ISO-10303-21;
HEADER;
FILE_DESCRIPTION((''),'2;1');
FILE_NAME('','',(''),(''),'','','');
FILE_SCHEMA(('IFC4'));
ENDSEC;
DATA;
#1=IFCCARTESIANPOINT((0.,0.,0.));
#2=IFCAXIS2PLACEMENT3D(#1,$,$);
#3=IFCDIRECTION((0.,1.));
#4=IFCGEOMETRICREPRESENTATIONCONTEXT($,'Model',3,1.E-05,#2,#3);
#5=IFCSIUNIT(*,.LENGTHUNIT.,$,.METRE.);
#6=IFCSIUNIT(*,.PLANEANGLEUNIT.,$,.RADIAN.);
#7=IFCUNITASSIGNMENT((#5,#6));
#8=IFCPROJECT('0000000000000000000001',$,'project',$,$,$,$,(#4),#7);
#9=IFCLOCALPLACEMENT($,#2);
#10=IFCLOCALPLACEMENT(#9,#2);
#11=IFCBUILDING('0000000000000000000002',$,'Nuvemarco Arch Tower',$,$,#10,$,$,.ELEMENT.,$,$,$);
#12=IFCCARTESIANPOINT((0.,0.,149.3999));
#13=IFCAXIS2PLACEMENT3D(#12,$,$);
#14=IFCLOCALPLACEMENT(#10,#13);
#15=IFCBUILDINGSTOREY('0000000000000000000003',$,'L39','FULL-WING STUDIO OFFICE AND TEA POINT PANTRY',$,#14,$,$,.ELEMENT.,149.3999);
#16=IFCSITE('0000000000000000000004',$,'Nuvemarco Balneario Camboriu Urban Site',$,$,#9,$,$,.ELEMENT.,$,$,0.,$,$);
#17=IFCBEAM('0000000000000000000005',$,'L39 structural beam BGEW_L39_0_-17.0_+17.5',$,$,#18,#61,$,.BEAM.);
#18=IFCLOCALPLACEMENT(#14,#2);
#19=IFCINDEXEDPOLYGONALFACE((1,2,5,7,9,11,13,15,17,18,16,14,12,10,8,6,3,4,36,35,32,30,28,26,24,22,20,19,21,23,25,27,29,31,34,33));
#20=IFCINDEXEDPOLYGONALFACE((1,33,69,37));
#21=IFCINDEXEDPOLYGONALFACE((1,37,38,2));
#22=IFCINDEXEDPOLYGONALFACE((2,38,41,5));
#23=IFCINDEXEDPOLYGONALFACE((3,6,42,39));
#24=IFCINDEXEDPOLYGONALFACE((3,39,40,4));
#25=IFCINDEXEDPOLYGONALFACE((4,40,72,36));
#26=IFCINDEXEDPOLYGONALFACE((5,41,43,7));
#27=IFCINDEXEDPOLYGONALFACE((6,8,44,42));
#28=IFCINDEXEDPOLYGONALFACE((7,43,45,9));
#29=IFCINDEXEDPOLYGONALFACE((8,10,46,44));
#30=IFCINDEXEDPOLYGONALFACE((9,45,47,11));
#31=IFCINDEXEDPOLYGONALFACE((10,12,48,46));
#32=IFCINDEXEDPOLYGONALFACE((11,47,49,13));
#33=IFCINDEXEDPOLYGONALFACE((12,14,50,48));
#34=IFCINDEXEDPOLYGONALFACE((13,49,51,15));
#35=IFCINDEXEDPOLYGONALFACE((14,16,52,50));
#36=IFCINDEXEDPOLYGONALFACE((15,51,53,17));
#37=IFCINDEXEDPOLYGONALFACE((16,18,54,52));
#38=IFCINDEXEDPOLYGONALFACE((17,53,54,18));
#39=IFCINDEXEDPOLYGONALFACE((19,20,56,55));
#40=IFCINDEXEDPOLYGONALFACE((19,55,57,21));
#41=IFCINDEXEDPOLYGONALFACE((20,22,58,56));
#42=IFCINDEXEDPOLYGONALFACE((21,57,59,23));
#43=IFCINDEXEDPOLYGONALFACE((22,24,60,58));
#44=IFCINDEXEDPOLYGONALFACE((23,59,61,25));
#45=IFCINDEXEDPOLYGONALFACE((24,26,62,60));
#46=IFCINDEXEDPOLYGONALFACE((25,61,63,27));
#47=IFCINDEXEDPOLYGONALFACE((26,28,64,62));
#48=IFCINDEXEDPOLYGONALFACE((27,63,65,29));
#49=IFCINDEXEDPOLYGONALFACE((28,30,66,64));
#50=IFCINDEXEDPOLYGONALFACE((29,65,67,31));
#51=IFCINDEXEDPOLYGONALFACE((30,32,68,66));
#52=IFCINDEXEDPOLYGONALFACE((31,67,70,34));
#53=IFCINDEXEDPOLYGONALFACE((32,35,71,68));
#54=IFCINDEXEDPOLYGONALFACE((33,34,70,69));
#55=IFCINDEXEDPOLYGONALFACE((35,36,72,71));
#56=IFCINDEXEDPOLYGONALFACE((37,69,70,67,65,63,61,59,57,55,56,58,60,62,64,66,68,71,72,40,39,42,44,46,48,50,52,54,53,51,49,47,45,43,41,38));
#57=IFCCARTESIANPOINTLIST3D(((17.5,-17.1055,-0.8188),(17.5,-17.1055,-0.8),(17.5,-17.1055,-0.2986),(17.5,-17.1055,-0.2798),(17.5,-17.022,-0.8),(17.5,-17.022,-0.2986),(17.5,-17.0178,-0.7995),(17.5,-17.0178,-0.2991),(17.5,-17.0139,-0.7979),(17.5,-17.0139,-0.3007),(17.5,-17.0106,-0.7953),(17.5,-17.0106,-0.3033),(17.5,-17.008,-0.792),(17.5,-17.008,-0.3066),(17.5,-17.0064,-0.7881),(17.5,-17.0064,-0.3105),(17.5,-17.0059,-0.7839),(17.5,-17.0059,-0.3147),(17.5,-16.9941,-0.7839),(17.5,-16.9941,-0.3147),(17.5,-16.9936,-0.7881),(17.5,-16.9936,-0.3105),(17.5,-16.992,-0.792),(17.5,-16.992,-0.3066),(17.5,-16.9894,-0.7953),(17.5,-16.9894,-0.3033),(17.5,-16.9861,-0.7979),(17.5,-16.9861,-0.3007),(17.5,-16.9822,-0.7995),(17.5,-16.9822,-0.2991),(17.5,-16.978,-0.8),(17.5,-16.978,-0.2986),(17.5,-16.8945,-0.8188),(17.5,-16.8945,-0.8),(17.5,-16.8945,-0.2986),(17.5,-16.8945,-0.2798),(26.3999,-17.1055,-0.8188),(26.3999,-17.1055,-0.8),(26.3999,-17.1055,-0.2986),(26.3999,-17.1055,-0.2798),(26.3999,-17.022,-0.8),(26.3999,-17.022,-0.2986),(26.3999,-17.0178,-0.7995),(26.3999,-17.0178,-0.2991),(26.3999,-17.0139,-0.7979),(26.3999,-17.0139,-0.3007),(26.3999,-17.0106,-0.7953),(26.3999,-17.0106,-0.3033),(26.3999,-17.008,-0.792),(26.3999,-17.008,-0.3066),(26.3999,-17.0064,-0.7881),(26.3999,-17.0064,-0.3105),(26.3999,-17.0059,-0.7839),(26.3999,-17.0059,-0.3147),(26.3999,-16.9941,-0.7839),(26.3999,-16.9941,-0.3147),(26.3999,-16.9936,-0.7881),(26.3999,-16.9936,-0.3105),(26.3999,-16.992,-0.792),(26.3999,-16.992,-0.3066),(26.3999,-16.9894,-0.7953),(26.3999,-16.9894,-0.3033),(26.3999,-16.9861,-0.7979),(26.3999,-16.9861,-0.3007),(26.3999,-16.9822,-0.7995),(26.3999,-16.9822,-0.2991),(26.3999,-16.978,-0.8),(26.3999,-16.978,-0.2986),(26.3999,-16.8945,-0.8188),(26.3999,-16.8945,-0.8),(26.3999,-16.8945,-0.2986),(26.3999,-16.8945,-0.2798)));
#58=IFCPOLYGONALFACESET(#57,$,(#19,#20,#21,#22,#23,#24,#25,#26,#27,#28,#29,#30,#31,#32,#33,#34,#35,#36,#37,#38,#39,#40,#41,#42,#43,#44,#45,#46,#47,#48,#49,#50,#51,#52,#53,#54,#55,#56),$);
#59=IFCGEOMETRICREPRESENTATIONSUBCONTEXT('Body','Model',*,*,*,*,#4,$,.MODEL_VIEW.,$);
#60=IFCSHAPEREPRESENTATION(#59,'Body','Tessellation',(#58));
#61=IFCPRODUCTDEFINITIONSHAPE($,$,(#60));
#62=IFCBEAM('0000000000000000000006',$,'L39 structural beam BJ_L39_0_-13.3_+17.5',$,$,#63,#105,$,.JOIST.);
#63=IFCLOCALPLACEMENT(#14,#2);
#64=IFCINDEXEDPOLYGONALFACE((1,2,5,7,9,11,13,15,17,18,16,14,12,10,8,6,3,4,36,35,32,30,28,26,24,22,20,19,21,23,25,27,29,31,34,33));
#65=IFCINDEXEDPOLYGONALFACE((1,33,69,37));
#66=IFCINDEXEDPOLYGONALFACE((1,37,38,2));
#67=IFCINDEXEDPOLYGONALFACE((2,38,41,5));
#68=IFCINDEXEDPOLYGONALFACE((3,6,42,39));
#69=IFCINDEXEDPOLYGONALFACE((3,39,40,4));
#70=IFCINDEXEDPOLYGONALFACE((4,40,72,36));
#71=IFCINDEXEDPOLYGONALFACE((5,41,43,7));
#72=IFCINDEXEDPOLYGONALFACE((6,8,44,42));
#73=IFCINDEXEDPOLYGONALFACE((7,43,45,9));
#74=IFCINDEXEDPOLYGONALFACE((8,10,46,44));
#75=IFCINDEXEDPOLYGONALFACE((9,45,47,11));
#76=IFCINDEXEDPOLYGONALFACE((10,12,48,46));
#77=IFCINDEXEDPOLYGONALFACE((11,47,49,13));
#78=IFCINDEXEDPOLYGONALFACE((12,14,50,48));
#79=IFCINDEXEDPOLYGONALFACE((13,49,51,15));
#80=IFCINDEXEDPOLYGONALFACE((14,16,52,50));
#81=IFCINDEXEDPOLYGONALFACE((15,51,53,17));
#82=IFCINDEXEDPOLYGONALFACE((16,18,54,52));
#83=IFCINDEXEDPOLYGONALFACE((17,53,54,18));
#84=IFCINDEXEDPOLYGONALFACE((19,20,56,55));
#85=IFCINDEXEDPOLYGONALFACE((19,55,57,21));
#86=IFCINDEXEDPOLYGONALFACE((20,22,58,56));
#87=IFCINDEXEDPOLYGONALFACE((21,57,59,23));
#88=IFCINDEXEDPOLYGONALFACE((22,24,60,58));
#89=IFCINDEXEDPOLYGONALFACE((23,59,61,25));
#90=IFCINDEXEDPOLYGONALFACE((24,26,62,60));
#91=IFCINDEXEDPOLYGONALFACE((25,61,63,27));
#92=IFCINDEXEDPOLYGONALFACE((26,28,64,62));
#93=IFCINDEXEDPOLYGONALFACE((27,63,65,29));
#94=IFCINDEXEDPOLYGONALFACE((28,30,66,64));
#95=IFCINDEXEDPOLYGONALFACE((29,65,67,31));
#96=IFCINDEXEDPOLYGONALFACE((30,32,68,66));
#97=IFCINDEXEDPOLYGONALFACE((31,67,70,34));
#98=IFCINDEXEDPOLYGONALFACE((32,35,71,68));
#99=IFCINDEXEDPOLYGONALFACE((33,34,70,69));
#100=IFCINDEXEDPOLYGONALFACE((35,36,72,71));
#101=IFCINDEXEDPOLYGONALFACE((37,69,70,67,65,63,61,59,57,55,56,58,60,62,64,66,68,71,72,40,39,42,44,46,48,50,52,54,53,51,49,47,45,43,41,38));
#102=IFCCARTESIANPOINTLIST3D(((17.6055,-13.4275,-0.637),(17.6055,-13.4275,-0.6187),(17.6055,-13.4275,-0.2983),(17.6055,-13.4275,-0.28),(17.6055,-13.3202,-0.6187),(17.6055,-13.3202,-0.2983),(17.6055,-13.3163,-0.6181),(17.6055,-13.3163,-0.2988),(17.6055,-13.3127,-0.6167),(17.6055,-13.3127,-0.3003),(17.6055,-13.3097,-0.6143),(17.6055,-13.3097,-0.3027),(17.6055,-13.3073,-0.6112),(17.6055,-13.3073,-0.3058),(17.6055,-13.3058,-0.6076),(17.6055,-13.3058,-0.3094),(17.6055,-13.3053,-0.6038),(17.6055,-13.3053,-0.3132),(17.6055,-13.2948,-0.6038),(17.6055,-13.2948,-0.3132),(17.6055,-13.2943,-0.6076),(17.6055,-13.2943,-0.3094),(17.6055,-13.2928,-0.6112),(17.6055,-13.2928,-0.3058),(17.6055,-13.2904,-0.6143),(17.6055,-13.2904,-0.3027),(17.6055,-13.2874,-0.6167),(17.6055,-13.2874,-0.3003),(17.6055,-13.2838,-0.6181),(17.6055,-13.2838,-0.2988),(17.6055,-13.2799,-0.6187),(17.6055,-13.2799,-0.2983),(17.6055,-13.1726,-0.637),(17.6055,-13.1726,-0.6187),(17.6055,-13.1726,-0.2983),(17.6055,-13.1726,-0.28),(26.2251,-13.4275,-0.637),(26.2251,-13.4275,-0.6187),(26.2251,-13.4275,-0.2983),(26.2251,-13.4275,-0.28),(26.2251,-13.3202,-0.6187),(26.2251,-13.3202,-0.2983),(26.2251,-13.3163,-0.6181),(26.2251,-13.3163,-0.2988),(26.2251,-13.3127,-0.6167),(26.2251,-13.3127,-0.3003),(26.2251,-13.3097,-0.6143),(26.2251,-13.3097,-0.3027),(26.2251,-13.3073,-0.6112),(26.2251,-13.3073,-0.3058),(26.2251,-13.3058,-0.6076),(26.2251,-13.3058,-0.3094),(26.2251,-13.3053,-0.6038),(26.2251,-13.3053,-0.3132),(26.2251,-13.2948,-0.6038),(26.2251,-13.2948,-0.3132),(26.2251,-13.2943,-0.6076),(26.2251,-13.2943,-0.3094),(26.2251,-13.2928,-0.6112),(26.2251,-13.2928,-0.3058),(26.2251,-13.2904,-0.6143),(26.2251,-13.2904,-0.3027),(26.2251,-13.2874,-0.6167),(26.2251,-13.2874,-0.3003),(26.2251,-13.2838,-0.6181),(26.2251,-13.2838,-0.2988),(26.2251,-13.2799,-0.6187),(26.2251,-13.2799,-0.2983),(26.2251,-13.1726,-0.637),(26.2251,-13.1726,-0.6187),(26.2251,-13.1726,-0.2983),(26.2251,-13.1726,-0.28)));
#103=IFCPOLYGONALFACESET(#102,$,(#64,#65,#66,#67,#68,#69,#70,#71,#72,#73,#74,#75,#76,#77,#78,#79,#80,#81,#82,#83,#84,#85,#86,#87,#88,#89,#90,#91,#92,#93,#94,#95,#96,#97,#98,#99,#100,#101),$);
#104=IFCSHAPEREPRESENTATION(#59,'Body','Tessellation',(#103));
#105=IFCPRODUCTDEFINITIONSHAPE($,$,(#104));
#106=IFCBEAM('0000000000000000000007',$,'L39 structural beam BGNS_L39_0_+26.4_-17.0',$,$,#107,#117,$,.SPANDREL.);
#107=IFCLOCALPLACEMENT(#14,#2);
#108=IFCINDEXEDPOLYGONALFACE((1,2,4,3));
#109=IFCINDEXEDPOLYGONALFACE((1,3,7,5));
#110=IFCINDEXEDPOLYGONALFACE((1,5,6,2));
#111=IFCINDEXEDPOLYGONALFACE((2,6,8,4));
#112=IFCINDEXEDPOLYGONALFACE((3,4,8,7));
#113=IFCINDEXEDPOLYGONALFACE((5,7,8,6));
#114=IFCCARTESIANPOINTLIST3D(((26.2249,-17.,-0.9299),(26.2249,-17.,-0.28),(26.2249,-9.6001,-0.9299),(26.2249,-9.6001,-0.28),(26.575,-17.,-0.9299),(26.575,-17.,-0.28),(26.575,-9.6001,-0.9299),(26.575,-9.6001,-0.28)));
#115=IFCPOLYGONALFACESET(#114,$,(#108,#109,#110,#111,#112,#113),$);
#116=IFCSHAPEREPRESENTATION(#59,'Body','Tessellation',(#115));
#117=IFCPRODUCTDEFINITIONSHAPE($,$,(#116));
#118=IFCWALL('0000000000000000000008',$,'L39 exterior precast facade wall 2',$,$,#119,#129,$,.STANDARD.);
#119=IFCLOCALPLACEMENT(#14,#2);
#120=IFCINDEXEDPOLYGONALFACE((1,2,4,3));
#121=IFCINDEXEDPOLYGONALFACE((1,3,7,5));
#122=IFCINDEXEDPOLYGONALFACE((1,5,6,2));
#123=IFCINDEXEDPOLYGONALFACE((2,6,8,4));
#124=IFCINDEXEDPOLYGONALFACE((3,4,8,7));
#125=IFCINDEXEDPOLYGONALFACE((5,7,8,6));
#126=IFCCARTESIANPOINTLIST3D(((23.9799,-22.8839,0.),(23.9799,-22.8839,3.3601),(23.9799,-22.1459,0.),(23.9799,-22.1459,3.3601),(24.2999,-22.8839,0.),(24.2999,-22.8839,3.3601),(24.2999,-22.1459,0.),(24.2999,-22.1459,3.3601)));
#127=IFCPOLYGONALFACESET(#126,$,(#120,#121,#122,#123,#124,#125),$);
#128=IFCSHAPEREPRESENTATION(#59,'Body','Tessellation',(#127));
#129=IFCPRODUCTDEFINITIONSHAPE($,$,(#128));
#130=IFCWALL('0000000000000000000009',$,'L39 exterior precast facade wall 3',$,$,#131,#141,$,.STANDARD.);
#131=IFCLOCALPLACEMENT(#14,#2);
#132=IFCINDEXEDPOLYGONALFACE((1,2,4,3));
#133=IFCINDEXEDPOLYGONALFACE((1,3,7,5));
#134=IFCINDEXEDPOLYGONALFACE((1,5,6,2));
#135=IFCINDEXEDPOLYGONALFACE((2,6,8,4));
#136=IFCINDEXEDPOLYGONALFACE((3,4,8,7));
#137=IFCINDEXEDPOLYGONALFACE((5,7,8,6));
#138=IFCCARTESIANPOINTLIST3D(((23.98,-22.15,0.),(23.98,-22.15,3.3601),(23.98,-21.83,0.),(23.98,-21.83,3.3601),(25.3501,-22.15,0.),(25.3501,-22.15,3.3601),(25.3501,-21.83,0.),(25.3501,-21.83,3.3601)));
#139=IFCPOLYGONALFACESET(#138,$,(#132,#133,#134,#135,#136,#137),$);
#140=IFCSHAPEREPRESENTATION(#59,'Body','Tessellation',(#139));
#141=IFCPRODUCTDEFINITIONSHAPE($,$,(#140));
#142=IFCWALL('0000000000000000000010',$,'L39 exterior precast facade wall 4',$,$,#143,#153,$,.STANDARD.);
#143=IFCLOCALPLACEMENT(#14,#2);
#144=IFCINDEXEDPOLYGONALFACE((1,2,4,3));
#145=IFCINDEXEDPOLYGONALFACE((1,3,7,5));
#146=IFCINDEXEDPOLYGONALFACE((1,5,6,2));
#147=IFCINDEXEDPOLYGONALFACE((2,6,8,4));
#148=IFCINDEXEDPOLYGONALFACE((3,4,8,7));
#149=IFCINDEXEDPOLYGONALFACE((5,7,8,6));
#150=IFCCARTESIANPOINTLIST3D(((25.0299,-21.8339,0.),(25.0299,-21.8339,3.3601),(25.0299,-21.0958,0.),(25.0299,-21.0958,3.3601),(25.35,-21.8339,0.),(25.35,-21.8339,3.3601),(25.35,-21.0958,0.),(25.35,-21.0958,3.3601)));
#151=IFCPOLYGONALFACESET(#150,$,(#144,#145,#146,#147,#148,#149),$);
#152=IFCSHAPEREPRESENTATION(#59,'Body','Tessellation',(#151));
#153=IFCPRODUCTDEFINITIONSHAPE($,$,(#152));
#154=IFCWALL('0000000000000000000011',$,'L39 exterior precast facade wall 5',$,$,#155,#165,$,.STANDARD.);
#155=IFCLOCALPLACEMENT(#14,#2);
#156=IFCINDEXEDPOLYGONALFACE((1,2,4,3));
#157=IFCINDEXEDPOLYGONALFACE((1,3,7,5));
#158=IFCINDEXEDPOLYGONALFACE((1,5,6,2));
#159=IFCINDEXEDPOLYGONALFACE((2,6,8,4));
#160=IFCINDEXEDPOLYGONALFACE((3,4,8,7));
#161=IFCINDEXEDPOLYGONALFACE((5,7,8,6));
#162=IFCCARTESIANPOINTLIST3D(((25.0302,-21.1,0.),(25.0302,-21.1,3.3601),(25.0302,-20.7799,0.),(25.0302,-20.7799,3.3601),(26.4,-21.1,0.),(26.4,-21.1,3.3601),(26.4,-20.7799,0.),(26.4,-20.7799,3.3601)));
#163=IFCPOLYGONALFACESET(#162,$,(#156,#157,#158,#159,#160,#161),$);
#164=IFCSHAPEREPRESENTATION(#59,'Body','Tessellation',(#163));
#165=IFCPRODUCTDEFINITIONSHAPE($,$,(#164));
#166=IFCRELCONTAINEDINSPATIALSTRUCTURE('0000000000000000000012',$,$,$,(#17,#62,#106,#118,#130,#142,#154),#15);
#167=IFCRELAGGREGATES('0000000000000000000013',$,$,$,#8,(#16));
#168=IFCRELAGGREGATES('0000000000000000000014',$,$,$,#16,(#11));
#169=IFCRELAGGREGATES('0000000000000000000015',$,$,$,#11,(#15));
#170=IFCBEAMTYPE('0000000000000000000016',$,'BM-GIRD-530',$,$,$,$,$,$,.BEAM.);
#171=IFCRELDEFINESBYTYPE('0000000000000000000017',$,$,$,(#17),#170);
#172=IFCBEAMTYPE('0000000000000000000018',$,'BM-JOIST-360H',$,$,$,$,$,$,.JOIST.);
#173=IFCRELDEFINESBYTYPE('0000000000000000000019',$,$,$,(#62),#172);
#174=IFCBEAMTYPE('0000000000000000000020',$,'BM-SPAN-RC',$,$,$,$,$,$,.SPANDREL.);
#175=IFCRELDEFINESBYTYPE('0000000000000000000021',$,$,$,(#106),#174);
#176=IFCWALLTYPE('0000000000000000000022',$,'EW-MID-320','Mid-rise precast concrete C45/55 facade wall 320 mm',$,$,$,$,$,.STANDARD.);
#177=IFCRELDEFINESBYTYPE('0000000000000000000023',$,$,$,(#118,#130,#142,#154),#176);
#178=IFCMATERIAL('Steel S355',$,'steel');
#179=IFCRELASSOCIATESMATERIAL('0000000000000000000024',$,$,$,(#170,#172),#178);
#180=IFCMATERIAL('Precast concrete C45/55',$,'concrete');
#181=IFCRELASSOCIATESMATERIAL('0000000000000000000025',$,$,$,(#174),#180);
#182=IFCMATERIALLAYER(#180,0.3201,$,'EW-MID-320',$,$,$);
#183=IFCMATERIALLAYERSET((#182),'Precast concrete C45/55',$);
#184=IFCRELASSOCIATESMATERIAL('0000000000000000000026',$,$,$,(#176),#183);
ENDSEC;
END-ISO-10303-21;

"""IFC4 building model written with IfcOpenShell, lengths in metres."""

from ifc_helpers import new_model, si_unit, direction, frame, frame_2d, origin, origin_2d, place, context, subcontext, project, spatial, rectangle, i_section, extrude, material, layer, layer_set, material_profile, profile_set, type_object, element, save


model = new_model("IFC4")

# Units and contexts
model_context = context("Model", 3, precision=1e-05, world=origin(), true_north=direction((0.0, 1.0)))
body_context = subcontext(model_context, "Body", "Model", "MODEL_VIEW")
ifc_project = project(units=[si_unit("LENGTHUNIT", "METRE"), si_unit("PLANEANGLEUNIT", "RADIAN")], contexts=[model_context])

# Site, building, storey
site_placement = place(None, origin())
site = spatial("IfcSite", under=ifc_project, at=site_placement, Name="Nuvemarco Balneario Camboriu Urban Site", CompositionType="ELEMENT", RefElevation=0.0)
building_placement = place(site_placement, origin())
building = spatial("IfcBuilding", under=site, at=building_placement, Name="Nuvemarco Arch Tower", CompositionType="ELEMENT")
storey_placement = place(building_placement, frame((0.0, 0.0, 149.3999)))
storey = spatial("IfcBuildingStorey", under=building, at=storey_placement, Name="L39", Description="FULL-WING STUDIO OFFICE AND TEA POINT PANTRY", CompositionType="ELEMENT", Elevation=149.3999)

# Shared definitions
ifc_material_1 = material(Name="Steel S355", Category="steel")

# Beams
ifc_material_profile_1 = material_profile(ifc_material_1, i_section(OverallWidth=0.2109, OverallDepth=0.5391, WebThickness=0.0117, FlangeThickness=0.0188, FilletRadius=0.0161, at=origin_2d()), Name="W530x109")
ifc_profile_set_1 = profile_set([ifc_material_profile_1], Name="Steel S355")
beam_type_1 = type_object("IfcBeamType", Name="BM-GIRD-530", PredefinedType="BEAM", material=ifc_profile_set_1)
beam_1_placement = place(storey_placement, frame((17.5, -17.0, -0.5493), z_axis=(1.0, 0.0, 0.0), x_axis=(0.0, 1.0, 0.0)))
element("IfcBeam", 1, at=beam_1_placement, inside=storey, type_object=beam_type_1, Name="L39 structural beam BGEW_L39_0_-17.0_+17.5", PredefinedType="BEAM", context=body_context, shape_type="SweptSolid", body=[
    extrude(i_section(OverallWidth=0.2109, OverallDepth=0.5391, WebThickness=0.0117, FlangeThickness=0.0188, FilletRadius=0.0161, at=origin_2d()), origin(), (0.0, 0.0, 1.0), 8.8999),
])
ifc_material_profile_2 = material_profile(ifc_material_1, i_section(OverallWidth=0.2549, OverallDepth=0.3569, WebThickness=0.0105, FlangeThickness=0.0183, FilletRadius=0.0149, at=origin_2d()), Name="W360x101")
ifc_profile_set_2 = profile_set([ifc_material_profile_2], Name="Steel S355")
beam_type_2 = type_object("IfcBeamType", Name="BM-JOIST-360H", PredefinedType="JOIST", material=ifc_profile_set_2)
beam_2_placement = place(storey_placement, frame((17.6055, -13.3, -0.4585), z_axis=(1.0, 0.0, 0.0), x_axis=(0.0, 1.0, 0.0)))
element("IfcBeam", 2, at=beam_2_placement, inside=storey, type_object=beam_type_2, Name="L39 structural beam BJ_L39_0_-13.3_+17.5", PredefinedType="JOIST", context=body_context, shape_type="SweptSolid", body=[
    extrude(i_section(OverallWidth=0.2549, OverallDepth=0.3569, WebThickness=0.0105, FlangeThickness=0.0183, FilletRadius=0.0149, at=origin_2d()), origin(), (0.0, 0.0, 1.0), 8.6196),
])
ifc_material_2 = material(Name="Precast concrete C45/55", Category="concrete")
ifc_material_profile_3 = material_profile(ifc_material_2, rectangle(XDim=0.3501, YDim=0.6499, at=origin_2d()), Name="PC-SP-350x650")
ifc_profile_set_3 = profile_set([ifc_material_profile_3], Name="Precast concrete C45/55")
beam_type_3 = type_object("IfcBeamType", Name="BM-SPAN-RC", PredefinedType="SPANDREL", material=ifc_profile_set_3)
beam_3_placement = place(storey_placement, frame((26.3999, -17.0, -0.605), z_axis=(0.0, 1.0, 0.0), x_axis=(-1.0, 0.0, 0.0)))
element("IfcBeam", 3, at=beam_3_placement, inside=storey, type_object=beam_type_3, Name="L39 structural beam BGNS_L39_0_+26.4_-17.0", PredefinedType="SPANDREL", context=body_context, shape_type="SweptSolid", body=[
    extrude(rectangle(XDim=0.3501, YDim=0.6499, at=origin_2d()), origin(), (0.0, 0.0, 1.0), 7.3999),
])

# Walls
ifc_layer_1 = layer(ifc_material_2, 0.3201, Name="EW-MID-320")
ifc_layer_set_1 = layer_set([ifc_layer_1], Name="Precast concrete C45/55")
wall_type_1 = type_object("IfcWallType", Name="EW-MID-320", Description="Mid-rise precast concrete C45/55 facade wall 320 mm", PredefinedType="STANDARD", material=ifc_layer_set_1)
wall_1_placement = place(storey_placement, frame((24.1399, -22.884, 0.0), z_axis=(0.0, 0.0, 1.0), x_axis=(0.0, 1.0, 0.0)))
element("IfcWall", 4, at=wall_1_placement, inside=storey, type_object=wall_type_1, Name="L39 exterior precast facade wall 2", PredefinedType="STANDARD", context=body_context, shape_type="SweptSolid", body=[
    extrude(rectangle(XDim=0.738, YDim=0.3201, at=frame_2d((0.3691, 0.0))), origin(), (0.0, 0.0, 1.0), 3.3601),
])
wall_2_placement = place(storey_placement, frame((23.98, -21.99, 0.0), z_axis=(0.0, 0.0, 1.0), x_axis=(1.0, 0.0, 0.0)))
element("IfcWall", 5, at=wall_2_placement, inside=storey, type_object=wall_type_1, Name="L39 exterior precast facade wall 3", PredefinedType="STANDARD", context=body_context, shape_type="SweptSolid", body=[
    extrude(rectangle(XDim=1.3701, YDim=0.3201, at=frame_2d((0.6851, 0.0))), origin(), (0.0, 0.0, 1.0), 3.3601),
])
wall_3_placement = place(storey_placement, frame((25.1899, -21.834, 0.0), z_axis=(0.0, 0.0, 1.0), x_axis=(0.0, 1.0, 0.0)))
element("IfcWall", 6, at=wall_3_placement, inside=storey, type_object=wall_type_1, Name="L39 exterior precast facade wall 4", PredefinedType="STANDARD", context=body_context, shape_type="SweptSolid", body=[
    extrude(rectangle(XDim=0.738, YDim=0.3201, at=frame_2d((0.3691, 0.0))), origin(), (0.0, 0.0, 1.0), 3.3601),
])
wall_4_placement = place(storey_placement, frame((25.03, -20.9399, 0.0), z_axis=(0.0, 0.0, 1.0), x_axis=(1.0, 0.0, 0.0)))
element("IfcWall", 7, at=wall_4_placement, inside=storey, type_object=wall_type_1, Name="L39 exterior precast facade wall 5", PredefinedType="STANDARD", context=body_context, shape_type="SweptSolid", body=[
    extrude(rectangle(XDim=1.3699, YDim=0.3201, at=frame_2d((0.6851, 0.0))), origin(), (0.0, 0.0, 1.0), 3.3601),
])

save(model, "model.ifc")
